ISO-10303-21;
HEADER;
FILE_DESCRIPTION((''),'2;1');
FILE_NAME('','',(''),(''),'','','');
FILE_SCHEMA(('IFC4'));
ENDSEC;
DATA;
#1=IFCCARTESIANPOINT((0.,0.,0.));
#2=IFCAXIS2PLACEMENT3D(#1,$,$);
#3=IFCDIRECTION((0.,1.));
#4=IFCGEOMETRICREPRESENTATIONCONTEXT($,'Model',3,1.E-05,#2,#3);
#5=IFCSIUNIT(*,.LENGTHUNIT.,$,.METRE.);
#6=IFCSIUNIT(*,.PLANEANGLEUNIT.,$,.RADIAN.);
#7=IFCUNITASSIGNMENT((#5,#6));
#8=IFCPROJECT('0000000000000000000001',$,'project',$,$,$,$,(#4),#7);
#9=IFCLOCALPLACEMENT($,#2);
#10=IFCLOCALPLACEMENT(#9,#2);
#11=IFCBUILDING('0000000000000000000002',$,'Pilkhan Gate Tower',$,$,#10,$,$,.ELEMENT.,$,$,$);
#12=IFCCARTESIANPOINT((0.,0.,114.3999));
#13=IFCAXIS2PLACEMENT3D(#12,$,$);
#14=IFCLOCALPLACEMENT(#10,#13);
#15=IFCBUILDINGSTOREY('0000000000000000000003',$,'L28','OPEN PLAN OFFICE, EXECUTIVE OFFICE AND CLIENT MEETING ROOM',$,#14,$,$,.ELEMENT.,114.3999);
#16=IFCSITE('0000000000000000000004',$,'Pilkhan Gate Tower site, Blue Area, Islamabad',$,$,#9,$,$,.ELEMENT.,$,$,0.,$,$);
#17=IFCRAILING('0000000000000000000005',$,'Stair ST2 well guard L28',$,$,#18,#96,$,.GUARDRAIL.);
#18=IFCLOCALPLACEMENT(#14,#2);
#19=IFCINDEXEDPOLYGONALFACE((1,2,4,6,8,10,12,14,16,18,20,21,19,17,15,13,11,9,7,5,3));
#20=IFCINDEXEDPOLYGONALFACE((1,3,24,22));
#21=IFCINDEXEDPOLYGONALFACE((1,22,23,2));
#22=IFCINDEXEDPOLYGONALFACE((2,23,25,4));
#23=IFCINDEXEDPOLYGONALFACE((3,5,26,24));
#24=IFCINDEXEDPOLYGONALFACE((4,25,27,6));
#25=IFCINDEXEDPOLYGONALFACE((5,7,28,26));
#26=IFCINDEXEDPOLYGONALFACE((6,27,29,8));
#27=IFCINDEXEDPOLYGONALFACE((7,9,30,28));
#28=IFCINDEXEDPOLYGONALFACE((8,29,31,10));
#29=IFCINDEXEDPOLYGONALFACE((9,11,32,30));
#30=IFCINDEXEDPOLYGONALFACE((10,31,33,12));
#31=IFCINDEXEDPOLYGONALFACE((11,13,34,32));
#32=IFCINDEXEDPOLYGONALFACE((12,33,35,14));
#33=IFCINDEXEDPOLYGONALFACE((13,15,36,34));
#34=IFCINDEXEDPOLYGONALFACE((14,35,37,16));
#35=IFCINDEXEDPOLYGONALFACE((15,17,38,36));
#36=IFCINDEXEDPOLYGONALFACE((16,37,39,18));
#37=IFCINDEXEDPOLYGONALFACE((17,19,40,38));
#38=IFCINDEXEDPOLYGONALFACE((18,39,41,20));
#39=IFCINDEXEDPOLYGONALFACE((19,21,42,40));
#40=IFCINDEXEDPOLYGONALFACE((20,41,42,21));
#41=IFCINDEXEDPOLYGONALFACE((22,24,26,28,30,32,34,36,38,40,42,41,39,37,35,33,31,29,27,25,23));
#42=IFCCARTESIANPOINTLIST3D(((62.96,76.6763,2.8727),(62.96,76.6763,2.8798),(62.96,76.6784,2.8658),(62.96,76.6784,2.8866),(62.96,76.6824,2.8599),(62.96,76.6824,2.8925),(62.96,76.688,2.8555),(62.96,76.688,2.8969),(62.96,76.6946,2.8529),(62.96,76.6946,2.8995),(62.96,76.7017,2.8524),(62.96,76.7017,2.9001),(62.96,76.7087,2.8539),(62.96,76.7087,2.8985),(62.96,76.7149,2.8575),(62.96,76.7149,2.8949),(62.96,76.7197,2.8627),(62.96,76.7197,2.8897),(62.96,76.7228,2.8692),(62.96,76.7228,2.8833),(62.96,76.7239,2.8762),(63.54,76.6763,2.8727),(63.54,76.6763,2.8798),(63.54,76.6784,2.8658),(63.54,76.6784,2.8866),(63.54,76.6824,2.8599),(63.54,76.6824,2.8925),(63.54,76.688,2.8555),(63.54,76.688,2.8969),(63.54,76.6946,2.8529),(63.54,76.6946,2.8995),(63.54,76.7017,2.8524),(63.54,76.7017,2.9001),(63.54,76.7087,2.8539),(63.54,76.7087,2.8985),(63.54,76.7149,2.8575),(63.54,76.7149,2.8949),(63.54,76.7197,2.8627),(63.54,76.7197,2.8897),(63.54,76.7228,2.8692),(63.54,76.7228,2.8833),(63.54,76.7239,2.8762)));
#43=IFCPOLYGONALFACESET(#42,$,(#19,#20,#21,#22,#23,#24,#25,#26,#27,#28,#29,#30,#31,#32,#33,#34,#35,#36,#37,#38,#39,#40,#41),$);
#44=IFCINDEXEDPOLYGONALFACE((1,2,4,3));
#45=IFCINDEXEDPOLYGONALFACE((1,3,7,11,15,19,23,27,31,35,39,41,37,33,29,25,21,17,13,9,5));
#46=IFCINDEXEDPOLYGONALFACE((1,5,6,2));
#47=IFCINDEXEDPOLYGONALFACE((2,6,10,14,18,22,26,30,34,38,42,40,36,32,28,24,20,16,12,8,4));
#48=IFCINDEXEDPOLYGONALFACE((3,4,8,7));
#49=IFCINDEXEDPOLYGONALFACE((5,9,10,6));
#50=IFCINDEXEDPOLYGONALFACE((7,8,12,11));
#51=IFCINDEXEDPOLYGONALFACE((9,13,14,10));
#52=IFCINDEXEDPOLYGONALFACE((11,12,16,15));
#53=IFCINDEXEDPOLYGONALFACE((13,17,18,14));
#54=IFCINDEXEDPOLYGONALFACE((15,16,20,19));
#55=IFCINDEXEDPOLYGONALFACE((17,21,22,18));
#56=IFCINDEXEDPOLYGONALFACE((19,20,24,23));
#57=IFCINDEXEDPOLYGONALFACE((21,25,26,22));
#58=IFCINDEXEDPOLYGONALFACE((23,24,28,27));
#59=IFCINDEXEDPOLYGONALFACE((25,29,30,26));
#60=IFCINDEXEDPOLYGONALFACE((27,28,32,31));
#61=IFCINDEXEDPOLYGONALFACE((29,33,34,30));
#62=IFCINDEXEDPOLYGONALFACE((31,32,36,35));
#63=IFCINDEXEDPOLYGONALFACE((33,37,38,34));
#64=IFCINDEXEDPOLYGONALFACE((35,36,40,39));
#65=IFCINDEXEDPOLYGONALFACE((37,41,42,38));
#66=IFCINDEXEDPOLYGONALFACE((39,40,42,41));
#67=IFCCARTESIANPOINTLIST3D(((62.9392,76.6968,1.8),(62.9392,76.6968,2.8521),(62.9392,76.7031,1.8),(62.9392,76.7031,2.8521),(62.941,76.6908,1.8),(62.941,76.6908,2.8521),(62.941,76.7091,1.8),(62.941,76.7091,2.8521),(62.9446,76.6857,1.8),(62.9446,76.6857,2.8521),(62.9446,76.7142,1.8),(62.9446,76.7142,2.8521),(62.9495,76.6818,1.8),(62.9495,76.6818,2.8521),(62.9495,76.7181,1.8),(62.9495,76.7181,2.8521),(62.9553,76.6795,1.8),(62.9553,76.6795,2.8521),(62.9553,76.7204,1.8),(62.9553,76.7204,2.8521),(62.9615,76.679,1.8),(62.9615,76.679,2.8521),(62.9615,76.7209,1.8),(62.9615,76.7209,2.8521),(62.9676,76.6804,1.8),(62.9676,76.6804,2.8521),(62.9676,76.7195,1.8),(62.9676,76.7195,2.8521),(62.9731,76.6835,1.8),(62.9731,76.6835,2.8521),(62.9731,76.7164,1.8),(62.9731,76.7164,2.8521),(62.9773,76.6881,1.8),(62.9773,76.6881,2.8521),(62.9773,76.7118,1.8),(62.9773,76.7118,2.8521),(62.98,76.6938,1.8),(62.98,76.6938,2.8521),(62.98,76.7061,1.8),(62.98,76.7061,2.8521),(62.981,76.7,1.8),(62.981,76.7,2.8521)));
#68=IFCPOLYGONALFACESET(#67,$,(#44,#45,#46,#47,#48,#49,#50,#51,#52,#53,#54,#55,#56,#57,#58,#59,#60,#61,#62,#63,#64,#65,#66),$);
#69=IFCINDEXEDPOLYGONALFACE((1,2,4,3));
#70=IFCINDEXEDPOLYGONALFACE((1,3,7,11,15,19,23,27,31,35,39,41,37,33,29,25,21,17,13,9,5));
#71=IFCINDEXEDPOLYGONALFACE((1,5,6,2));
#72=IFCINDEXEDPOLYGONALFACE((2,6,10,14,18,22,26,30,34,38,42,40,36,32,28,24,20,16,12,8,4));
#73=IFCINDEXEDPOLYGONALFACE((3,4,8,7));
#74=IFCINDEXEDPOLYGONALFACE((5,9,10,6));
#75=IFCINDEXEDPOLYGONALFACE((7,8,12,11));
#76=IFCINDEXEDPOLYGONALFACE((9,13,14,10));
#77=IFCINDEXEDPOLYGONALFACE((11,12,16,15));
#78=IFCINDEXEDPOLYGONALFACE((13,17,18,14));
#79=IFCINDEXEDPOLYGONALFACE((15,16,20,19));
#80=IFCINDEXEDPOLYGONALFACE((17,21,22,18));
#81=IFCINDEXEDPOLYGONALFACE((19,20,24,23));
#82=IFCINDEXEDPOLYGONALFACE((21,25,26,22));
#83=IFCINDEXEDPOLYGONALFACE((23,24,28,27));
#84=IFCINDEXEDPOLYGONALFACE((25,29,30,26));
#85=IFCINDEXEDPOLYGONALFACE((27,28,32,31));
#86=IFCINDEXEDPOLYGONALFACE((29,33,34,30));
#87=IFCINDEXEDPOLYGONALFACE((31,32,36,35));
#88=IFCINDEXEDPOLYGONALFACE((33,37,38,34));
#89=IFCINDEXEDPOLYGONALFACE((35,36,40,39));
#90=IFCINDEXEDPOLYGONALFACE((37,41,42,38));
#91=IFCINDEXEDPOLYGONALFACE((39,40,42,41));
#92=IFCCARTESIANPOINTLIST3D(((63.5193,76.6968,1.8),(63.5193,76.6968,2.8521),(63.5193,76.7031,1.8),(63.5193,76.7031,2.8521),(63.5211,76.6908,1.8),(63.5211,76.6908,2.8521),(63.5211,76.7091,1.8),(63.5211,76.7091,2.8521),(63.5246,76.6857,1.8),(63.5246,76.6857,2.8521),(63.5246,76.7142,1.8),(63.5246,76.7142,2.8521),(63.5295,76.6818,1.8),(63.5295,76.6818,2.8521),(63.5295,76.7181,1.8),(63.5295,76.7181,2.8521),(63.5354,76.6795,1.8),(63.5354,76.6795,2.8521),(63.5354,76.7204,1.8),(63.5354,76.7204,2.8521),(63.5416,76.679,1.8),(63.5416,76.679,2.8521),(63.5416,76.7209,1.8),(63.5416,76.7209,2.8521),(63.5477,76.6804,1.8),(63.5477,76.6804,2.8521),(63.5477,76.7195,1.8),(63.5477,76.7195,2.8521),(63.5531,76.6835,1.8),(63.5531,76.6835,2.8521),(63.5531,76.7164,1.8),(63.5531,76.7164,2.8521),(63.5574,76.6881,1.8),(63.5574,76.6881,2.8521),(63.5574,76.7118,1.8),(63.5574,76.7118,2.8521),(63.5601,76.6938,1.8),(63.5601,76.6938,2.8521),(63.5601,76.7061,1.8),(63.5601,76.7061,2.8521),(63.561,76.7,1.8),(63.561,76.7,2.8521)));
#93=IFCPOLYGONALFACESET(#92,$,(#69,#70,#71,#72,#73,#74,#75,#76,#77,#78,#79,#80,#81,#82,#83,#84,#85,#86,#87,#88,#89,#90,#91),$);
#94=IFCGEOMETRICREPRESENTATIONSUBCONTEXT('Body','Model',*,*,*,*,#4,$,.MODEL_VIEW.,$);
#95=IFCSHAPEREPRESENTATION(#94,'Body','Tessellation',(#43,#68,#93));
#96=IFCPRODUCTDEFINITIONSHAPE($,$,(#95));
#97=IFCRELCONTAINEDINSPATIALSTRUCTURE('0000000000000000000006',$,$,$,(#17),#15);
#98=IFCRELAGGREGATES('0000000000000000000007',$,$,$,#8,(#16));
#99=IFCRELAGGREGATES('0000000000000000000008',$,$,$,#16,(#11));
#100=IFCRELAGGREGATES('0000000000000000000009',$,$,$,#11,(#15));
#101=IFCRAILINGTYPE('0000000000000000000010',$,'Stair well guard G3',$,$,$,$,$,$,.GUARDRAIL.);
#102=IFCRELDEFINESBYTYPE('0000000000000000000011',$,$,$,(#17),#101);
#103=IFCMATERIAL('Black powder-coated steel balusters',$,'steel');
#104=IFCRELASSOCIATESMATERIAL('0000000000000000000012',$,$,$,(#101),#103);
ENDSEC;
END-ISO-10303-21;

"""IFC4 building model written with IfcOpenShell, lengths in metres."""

from ifc_helpers import new_model, si_unit, direction, frame, origin, origin_2d, place, context, subcontext, project, spatial, circle, extrude, material, type_object, element, save


model = new_model("IFC4")

# Units and contexts
model_context = context("Model", 3, precision=1e-05, world=origin(), true_north=direction((0.0, 1.0)))
body_context = subcontext(model_context, "Body", "Model", "MODEL_VIEW")
ifc_project = project(units=[si_unit("LENGTHUNIT", "METRE"), si_unit("PLANEANGLEUNIT", "RADIAN")], contexts=[model_context])

# Site, building, storey
site_placement = place(None, origin())
site = spatial("IfcSite", under=ifc_project, at=site_placement, Name="Pilkhan Gate Tower site, Blue Area, Islamabad", CompositionType="ELEMENT", RefElevation=0.0)
building_placement = place(site_placement, origin())
building = spatial("IfcBuilding", under=site, at=building_placement, Name="Pilkhan Gate Tower", CompositionType="ELEMENT")
storey_placement = place(building_placement, frame((0.0, 0.0, 114.3999)))
storey = spatial("IfcBuildingStorey", under=building, at=storey_placement, Name="L28", Description="OPEN PLAN OFFICE, EXECUTIVE OFFICE AND CLIENT MEETING ROOM", CompositionType="ELEMENT", Elevation=114.3999)

# Railing
ifc_material_1 = material(Name="Black powder-coated steel balusters", Category="steel")
railing_type_1 = type_object("IfcRailingType", Name="Stair well guard G3", PredefinedType="GUARDRAIL", material=ifc_material_1)
for number, where, name in (
    (1, (62.96, 76.7, 1.8), "Stair ST2 well guard L28"),
):
    element("IfcRailing", number, at=place(storey_placement, frame(where)), inside=storey, type_object=railing_type_1, Name=name, PredefinedType="GUARDRAIL", context=body_context, shape_type="SweptSolid", body=[
        extrude(circle(Radius=0.0239, at=origin_2d()), frame((0.0, 0.0, 1.0762), z_axis=(1.0, 0.0, 0.0), x_axis=(0.0, 1.0, 0.0)), (0.0, 0.0, 1.0), 0.5801),
        extrude(circle(Radius=0.021, at=origin_2d()), origin(), (0.0, 0.0, 1.0), 1.052),
        extrude(circle(Radius=0.021, at=origin_2d()), frame((0.5801, 0.0, 0.0)), (0.0, 0.0, 1.0), 1.052),
    ])

save(model, "model.ifc")
